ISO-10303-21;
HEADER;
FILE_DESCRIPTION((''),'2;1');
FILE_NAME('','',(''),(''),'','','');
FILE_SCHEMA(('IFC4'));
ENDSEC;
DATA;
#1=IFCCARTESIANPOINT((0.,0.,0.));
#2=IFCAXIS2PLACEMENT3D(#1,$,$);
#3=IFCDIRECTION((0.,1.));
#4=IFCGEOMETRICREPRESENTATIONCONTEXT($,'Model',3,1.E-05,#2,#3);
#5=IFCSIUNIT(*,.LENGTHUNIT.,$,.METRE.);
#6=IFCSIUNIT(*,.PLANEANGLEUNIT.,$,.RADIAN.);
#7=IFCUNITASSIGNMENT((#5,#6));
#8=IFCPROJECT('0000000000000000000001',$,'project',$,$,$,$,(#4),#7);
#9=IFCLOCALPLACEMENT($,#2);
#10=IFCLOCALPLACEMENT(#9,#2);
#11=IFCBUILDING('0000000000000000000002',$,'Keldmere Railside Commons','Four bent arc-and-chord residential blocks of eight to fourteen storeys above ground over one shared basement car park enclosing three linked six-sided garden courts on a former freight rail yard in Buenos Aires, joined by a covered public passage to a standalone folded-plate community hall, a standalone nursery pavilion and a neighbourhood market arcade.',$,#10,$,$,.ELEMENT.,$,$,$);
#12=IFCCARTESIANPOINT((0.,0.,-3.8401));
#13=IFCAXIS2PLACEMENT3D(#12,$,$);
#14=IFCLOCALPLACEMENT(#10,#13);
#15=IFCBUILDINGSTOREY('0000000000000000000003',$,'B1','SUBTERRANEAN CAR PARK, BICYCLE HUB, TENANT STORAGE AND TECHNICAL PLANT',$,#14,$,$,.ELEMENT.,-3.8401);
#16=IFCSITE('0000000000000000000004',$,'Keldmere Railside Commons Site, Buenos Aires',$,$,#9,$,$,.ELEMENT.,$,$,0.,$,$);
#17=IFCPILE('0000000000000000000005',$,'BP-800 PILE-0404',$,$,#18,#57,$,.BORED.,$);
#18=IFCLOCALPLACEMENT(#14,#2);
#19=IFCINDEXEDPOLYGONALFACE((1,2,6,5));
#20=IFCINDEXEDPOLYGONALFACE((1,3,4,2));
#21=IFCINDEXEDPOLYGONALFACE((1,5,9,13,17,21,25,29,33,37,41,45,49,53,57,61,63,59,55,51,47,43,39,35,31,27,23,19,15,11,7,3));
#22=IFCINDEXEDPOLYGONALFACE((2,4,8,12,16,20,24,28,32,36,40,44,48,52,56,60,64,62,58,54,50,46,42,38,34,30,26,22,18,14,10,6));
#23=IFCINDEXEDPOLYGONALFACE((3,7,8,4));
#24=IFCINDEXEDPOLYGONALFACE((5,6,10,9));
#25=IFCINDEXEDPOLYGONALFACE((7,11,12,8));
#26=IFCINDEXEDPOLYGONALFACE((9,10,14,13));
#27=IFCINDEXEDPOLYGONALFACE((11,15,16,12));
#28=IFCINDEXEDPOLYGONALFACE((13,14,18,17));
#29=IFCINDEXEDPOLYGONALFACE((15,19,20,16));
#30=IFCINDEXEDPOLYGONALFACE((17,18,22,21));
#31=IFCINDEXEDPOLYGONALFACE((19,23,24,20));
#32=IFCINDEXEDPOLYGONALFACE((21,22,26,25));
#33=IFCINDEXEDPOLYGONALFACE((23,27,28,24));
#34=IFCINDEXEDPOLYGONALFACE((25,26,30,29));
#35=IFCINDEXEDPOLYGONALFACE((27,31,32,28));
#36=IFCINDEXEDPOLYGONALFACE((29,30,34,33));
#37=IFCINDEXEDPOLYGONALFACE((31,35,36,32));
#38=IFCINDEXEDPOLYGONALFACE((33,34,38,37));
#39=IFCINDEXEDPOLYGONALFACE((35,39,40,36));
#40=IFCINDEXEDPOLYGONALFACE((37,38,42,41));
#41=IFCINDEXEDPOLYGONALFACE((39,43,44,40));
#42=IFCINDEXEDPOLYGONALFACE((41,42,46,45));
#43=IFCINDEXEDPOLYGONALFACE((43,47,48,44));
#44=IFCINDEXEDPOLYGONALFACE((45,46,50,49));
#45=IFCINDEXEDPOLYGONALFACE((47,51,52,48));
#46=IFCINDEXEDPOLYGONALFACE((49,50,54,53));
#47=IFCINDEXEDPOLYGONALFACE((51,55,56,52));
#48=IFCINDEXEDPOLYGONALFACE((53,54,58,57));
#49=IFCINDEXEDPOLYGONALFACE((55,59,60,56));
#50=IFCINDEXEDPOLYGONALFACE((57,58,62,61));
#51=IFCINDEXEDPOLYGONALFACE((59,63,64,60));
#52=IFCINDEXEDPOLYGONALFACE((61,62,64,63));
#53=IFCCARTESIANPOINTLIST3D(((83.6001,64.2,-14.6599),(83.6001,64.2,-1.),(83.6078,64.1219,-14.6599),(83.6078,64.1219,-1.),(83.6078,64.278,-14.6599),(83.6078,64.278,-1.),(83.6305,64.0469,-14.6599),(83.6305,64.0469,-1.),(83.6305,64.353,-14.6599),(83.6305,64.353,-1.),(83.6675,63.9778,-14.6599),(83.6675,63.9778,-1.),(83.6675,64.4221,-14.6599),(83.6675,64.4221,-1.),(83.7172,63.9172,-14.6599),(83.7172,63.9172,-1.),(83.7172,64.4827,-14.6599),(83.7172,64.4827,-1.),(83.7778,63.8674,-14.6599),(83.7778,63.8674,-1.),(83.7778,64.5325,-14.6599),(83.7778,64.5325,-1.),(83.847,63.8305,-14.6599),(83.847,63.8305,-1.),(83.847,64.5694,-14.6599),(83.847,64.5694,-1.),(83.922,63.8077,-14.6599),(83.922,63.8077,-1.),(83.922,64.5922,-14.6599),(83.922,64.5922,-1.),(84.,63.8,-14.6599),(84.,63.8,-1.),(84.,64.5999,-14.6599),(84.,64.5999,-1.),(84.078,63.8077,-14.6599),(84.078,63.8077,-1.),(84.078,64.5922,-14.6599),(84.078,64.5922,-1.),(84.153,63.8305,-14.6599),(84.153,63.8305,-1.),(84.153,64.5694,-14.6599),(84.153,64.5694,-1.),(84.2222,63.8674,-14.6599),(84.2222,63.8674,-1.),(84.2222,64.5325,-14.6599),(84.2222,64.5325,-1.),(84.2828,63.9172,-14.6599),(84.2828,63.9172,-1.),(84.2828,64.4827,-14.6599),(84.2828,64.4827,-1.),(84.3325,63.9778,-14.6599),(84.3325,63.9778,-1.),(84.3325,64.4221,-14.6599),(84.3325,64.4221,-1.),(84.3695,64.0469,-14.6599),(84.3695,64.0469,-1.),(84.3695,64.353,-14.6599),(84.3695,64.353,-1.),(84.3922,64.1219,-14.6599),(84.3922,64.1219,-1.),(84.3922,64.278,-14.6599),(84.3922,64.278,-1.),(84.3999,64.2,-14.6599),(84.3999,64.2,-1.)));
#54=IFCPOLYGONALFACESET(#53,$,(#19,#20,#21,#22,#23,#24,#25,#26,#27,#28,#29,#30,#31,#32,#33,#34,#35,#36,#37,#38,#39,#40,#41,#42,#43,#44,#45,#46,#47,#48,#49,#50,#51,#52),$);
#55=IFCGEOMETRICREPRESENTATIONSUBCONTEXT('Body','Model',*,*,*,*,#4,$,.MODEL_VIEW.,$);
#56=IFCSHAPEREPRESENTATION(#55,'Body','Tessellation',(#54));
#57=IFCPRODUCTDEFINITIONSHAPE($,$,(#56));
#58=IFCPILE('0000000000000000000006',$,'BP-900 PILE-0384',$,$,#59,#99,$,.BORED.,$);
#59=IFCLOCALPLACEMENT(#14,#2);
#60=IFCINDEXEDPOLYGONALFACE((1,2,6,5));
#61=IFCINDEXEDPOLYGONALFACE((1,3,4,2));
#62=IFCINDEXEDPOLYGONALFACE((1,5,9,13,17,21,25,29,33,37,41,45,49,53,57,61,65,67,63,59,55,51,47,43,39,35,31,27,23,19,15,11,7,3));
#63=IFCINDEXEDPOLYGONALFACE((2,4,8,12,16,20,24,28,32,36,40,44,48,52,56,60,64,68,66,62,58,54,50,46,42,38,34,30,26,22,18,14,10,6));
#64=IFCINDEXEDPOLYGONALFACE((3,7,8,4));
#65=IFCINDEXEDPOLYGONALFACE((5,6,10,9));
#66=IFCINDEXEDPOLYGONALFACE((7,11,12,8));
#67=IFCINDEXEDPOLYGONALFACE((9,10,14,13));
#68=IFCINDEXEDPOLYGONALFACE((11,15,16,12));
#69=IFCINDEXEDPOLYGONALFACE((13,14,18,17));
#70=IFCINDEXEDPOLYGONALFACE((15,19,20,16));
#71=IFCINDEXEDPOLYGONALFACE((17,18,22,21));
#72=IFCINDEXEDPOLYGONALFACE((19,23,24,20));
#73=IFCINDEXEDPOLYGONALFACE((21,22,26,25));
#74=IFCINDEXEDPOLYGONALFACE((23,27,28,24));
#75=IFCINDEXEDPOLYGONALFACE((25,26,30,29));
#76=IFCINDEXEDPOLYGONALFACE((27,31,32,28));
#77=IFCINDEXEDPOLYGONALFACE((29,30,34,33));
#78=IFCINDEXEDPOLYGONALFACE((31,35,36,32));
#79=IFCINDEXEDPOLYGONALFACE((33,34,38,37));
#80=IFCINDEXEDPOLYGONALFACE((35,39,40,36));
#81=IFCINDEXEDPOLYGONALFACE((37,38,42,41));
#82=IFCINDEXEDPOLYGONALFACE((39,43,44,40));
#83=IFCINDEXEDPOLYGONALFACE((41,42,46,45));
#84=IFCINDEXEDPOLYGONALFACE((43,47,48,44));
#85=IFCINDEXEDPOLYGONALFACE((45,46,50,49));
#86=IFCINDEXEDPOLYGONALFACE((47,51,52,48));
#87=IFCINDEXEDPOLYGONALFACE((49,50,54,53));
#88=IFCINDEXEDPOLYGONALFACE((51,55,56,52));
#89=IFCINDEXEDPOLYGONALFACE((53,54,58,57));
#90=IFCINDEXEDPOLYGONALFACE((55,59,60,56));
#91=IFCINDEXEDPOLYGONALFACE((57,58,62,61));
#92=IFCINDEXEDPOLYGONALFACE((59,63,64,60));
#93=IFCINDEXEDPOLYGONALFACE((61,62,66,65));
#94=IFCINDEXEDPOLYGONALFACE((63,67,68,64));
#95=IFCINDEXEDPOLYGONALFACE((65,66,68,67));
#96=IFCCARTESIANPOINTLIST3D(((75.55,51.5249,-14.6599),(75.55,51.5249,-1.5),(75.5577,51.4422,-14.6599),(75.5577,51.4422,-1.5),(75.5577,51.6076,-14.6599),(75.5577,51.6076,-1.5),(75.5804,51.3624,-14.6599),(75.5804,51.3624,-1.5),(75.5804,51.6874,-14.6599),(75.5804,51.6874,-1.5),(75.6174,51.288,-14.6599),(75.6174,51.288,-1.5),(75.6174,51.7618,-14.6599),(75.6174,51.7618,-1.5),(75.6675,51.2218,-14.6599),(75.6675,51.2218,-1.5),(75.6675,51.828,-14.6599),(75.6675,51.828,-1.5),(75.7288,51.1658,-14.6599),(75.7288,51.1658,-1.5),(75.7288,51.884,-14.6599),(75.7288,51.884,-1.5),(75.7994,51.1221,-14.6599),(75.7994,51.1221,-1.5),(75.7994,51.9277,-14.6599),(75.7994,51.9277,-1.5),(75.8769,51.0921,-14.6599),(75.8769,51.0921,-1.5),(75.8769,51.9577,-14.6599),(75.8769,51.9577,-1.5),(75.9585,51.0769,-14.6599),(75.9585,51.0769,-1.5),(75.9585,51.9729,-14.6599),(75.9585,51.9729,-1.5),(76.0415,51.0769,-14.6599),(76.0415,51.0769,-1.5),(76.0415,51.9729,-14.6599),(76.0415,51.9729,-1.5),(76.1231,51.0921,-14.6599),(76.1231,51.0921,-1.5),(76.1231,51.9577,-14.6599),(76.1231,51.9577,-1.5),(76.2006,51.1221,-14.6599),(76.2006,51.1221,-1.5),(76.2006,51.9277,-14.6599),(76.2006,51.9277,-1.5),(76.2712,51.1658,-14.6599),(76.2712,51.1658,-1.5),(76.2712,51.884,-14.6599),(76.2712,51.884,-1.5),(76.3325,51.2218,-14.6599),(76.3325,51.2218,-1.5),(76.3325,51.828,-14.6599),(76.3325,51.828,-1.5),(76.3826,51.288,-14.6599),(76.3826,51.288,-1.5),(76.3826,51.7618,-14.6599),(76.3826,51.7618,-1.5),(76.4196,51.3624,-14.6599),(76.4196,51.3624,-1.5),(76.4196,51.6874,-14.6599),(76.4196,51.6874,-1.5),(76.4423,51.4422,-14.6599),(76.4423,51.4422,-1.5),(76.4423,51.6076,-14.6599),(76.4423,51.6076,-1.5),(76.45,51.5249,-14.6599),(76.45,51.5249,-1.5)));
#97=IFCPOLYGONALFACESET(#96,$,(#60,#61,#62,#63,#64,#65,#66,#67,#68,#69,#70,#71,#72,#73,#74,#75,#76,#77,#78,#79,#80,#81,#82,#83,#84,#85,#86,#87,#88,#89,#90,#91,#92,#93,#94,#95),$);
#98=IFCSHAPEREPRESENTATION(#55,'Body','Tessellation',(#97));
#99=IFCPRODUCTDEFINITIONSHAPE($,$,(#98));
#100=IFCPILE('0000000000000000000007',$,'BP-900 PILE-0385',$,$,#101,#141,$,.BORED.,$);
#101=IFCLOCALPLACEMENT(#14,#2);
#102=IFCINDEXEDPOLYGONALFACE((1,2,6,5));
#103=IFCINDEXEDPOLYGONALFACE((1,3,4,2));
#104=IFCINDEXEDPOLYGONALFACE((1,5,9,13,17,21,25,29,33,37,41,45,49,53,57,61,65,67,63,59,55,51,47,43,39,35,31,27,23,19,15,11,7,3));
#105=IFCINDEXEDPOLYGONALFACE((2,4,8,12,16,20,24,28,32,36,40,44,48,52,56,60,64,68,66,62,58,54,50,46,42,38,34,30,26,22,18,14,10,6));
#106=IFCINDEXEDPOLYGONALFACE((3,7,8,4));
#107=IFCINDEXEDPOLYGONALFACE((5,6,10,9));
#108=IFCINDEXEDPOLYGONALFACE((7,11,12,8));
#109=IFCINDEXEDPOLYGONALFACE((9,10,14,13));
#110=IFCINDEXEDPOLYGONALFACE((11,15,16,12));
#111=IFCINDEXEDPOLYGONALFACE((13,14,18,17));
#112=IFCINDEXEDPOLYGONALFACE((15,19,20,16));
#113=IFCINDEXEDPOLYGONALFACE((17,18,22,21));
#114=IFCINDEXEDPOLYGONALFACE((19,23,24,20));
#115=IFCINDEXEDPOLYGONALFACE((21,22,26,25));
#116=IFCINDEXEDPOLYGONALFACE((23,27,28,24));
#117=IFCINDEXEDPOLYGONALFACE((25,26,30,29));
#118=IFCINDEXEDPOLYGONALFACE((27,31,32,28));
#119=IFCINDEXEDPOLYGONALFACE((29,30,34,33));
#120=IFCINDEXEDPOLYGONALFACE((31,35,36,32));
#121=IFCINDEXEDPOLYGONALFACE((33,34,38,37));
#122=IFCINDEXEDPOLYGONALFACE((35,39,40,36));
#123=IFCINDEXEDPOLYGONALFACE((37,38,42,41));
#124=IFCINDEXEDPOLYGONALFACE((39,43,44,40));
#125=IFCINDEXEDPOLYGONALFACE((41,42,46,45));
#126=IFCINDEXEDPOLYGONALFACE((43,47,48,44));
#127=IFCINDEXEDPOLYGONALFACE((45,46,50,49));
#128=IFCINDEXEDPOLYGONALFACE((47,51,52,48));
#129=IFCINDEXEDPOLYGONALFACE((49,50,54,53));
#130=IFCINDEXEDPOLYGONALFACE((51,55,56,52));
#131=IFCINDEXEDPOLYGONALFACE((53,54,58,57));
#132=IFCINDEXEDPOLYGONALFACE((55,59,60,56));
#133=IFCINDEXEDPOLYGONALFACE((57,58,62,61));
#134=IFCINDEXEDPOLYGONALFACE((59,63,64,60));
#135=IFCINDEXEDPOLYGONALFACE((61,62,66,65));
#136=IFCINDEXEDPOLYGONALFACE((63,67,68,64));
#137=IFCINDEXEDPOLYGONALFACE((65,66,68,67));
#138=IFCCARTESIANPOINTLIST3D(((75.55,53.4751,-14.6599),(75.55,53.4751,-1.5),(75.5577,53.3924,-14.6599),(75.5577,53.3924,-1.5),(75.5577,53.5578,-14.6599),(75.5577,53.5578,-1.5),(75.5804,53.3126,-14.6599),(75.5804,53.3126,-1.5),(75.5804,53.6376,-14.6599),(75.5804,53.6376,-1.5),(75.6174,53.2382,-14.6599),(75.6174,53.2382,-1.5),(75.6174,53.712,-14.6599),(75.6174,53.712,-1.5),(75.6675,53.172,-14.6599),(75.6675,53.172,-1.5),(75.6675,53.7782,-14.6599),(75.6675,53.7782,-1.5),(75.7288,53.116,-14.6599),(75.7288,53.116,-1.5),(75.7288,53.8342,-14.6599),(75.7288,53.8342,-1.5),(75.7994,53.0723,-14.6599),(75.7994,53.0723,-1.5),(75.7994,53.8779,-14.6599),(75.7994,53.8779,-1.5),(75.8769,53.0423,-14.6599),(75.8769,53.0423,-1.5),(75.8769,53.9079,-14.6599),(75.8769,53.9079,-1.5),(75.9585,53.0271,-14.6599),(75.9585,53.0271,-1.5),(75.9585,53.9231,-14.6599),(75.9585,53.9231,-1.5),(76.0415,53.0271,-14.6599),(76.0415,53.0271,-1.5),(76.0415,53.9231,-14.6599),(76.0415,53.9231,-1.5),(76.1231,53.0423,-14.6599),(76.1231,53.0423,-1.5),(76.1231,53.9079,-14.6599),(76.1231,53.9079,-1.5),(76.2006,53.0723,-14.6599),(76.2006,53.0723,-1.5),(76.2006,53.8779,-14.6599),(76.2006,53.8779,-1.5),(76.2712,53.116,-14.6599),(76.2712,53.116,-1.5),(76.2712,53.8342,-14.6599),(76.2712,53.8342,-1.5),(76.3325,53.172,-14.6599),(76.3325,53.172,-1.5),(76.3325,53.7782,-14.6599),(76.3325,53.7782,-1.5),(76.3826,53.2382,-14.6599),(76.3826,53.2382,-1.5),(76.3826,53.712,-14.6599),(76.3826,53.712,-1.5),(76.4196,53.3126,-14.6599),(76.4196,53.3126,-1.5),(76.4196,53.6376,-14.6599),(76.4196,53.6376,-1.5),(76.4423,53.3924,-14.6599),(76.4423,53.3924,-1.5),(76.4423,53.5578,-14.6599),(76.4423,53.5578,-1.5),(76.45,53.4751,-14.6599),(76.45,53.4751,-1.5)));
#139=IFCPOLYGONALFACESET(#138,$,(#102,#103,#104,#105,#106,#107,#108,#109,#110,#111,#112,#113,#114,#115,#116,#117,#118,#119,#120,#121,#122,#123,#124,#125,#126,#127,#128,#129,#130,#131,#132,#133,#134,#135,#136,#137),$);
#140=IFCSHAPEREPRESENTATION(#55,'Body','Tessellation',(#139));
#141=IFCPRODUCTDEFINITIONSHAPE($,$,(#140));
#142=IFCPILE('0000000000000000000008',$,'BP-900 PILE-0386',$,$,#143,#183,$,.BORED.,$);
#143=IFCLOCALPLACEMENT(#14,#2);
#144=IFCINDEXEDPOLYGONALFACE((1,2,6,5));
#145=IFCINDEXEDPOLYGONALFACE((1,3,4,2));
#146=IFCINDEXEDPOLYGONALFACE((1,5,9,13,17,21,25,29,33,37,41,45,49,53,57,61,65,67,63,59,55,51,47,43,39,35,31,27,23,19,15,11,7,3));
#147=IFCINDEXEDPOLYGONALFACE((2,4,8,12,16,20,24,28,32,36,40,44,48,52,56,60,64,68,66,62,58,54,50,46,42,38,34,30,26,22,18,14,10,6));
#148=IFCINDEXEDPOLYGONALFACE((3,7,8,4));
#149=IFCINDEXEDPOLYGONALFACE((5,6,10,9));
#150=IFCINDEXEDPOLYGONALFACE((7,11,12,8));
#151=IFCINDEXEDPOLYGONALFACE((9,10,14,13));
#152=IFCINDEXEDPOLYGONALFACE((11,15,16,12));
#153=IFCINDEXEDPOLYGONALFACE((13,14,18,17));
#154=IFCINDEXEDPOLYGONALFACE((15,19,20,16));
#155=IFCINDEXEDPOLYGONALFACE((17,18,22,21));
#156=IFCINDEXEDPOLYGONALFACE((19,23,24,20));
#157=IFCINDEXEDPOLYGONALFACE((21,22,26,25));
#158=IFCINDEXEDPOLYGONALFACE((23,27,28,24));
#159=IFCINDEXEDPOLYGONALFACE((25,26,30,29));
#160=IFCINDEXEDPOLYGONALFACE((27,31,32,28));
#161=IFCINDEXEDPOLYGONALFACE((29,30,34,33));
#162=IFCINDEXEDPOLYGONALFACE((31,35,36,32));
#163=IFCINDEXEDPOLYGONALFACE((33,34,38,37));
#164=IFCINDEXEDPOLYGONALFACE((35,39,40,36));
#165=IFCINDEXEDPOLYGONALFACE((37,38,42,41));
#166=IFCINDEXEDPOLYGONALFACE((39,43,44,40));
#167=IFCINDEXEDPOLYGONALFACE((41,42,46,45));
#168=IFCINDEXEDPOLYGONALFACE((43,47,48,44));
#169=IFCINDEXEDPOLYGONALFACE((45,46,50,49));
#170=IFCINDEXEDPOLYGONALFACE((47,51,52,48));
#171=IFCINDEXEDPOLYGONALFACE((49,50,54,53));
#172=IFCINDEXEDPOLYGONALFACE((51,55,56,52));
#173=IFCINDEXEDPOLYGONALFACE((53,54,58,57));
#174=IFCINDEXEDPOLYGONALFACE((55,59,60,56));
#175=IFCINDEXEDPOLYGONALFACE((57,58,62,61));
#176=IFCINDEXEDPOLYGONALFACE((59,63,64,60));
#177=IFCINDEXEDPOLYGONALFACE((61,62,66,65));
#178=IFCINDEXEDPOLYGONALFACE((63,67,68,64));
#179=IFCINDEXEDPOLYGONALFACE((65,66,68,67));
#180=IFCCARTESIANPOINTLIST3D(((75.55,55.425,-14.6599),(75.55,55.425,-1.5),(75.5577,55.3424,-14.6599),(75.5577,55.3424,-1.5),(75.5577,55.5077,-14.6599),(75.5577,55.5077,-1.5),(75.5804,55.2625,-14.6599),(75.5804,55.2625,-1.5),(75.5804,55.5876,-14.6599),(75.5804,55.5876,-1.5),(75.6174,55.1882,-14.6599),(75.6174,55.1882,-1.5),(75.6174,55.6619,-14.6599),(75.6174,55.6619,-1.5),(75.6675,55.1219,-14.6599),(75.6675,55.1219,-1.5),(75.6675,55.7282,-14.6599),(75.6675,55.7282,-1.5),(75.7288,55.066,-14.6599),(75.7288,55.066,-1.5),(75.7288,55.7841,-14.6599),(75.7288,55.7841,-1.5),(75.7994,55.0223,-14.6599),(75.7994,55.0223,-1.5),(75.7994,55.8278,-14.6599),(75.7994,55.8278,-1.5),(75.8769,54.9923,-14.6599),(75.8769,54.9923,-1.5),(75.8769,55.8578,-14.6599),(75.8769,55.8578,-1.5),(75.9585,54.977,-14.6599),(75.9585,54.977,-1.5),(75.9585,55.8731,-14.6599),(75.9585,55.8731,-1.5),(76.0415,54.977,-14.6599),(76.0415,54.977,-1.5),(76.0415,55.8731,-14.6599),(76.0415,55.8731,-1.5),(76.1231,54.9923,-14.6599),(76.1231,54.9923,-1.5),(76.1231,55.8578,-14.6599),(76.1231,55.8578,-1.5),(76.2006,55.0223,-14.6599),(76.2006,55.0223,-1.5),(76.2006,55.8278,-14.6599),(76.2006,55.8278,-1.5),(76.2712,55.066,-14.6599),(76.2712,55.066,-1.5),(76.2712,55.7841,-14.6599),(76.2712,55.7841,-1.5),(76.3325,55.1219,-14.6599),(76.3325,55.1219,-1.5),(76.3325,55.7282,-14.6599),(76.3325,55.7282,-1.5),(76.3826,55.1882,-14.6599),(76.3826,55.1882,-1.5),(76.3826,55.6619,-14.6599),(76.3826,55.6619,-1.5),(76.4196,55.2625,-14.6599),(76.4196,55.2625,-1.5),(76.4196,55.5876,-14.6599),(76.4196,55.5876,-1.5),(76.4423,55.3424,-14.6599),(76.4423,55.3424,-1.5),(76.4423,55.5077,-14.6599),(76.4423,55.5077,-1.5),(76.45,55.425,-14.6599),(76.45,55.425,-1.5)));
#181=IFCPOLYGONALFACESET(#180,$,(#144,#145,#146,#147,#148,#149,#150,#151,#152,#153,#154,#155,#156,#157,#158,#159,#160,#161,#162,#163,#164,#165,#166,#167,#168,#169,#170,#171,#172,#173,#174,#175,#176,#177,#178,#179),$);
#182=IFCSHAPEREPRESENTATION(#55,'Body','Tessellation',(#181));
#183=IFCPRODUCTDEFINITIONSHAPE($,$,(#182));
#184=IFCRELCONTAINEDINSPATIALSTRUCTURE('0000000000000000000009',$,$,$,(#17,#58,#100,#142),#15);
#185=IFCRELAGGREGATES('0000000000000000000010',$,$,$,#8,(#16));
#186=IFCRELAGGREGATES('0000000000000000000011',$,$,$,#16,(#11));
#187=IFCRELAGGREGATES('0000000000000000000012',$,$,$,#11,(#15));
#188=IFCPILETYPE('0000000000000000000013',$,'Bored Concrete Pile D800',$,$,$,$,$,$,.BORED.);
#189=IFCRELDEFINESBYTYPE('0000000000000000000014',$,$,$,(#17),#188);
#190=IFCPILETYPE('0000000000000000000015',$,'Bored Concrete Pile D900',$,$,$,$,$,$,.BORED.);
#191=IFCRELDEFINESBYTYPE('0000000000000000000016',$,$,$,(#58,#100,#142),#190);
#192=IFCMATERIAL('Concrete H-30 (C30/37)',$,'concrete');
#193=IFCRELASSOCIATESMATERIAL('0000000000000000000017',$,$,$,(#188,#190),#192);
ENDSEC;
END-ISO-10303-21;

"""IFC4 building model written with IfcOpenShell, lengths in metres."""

from ifc_helpers import new_model, si_unit, direction, frame, origin, origin_2d, place, context, subcontext, project, spatial, circle, extrude, material, material_profile, profile_set, type_object, element, save


model = new_model("IFC4")

# Units and contexts
model_context = context("Model", 3, precision=1e-05, world=origin(), true_north=direction((0.0, 1.0)))
body_context = subcontext(model_context, "Body", "Model", "MODEL_VIEW")
ifc_project = project(units=[si_unit("LENGTHUNIT", "METRE"), si_unit("PLANEANGLEUNIT", "RADIAN")], contexts=[model_context])

# Site, building, storey
site_placement = place(None, origin())
site = spatial("IfcSite", under=ifc_project, at=site_placement, Name="Keldmere Railside Commons Site, Buenos Aires", CompositionType="ELEMENT", RefElevation=0.0)
building_placement = place(site_placement, origin())
building = spatial("IfcBuilding", under=site, at=building_placement, Name="Keldmere Railside Commons", Description="Four bent arc-and-chord residential blocks of eight to fourteen storeys above ground over one shared basement car park enclosing three linked six-sided garden courts on a former freight rail yard in Buenos Aires, joined by a covered public passage to a standalone folded-plate community hall, a standalone nursery pavilion and a neighbourhood market arcade.", CompositionType="ELEMENT")
storey_placement = place(building_placement, frame((0.0, 0.0, -3.8401)))
storey = spatial("IfcBuildingStorey", under=building, at=storey_placement, Name="B1", Description="SUBTERRANEAN CAR PARK, BICYCLE HUB, TENANT STORAGE AND TECHNICAL PLANT", CompositionType="ELEMENT", Elevation=-3.8401)

# Piles
ifc_material_1 = material(Name="Concrete H-30 (C30/37)", Category="concrete")
ifc_material_profile_1 = material_profile(ifc_material_1, circle(Radius=0.3999, at=origin_2d()), Name="PILE-D800")
ifc_profile_set_1 = profile_set([ifc_material_profile_1], Name="Concrete H-30 (C30/37)")
pile_type_1 = type_object("IfcPileType", Name="Bored Concrete Pile D800", PredefinedType="BORED", material=ifc_profile_set_1)
pile_placement = place(storey_placement, frame((84.0, 64.2, -1.0), z_axis=(0.0, 0.0, -1.0), x_axis=(1.0, 0.0, 0.0)))
element("IfcPile", 1, at=pile_placement, inside=storey, type_object=pile_type_1, Name="BP-800 PILE-0404", PredefinedType="BORED", context=body_context, shape_type="SweptSolid", body=[
    extrude(circle(Radius=0.3999, at=origin_2d()), origin(), (0.0, 0.0, 1.0), 13.6599),
])
ifc_material_profile_2 = material_profile(ifc_material_1, circle(Radius=0.45, at=origin_2d()), Name="PILE-D900")
ifc_profile_set_2 = profile_set([ifc_material_profile_2], Name="Concrete H-30 (C30/37)")
pile_type_2 = type_object("IfcPileType", Name="Bored Concrete Pile D900", PredefinedType="BORED", material=ifc_profile_set_2)
for number, where, z_axis, x_axis, name in (
    (2, (76.0, 51.5249, -1.5), (0.0, 0.0, -1.0), (1.0, 0.0, 0.0), "BP-900 PILE-0384"),
    (3, (76.0, 53.4751, -1.5), (0.0, 0.0, -1.0), (1.0, 0.0, 0.0), "BP-900 PILE-0385"),
    (4, (76.0, 55.425, -1.5), (0.0, 0.0, -1.0), (1.0, 0.0, 0.0), "BP-900 PILE-0386"),
):
    element("IfcPile", number, at=place(storey_placement, frame(where, z_axis=z_axis, x_axis=x_axis)), inside=storey, type_object=pile_type_2, Name=name, PredefinedType="BORED", context=body_context, shape_type="SweptSolid", body=[
        extrude(circle(Radius=0.45, at=origin_2d()), origin(), (0.0, 0.0, 1.0), 13.1599),
    ])

save(model, "model.ifc")
